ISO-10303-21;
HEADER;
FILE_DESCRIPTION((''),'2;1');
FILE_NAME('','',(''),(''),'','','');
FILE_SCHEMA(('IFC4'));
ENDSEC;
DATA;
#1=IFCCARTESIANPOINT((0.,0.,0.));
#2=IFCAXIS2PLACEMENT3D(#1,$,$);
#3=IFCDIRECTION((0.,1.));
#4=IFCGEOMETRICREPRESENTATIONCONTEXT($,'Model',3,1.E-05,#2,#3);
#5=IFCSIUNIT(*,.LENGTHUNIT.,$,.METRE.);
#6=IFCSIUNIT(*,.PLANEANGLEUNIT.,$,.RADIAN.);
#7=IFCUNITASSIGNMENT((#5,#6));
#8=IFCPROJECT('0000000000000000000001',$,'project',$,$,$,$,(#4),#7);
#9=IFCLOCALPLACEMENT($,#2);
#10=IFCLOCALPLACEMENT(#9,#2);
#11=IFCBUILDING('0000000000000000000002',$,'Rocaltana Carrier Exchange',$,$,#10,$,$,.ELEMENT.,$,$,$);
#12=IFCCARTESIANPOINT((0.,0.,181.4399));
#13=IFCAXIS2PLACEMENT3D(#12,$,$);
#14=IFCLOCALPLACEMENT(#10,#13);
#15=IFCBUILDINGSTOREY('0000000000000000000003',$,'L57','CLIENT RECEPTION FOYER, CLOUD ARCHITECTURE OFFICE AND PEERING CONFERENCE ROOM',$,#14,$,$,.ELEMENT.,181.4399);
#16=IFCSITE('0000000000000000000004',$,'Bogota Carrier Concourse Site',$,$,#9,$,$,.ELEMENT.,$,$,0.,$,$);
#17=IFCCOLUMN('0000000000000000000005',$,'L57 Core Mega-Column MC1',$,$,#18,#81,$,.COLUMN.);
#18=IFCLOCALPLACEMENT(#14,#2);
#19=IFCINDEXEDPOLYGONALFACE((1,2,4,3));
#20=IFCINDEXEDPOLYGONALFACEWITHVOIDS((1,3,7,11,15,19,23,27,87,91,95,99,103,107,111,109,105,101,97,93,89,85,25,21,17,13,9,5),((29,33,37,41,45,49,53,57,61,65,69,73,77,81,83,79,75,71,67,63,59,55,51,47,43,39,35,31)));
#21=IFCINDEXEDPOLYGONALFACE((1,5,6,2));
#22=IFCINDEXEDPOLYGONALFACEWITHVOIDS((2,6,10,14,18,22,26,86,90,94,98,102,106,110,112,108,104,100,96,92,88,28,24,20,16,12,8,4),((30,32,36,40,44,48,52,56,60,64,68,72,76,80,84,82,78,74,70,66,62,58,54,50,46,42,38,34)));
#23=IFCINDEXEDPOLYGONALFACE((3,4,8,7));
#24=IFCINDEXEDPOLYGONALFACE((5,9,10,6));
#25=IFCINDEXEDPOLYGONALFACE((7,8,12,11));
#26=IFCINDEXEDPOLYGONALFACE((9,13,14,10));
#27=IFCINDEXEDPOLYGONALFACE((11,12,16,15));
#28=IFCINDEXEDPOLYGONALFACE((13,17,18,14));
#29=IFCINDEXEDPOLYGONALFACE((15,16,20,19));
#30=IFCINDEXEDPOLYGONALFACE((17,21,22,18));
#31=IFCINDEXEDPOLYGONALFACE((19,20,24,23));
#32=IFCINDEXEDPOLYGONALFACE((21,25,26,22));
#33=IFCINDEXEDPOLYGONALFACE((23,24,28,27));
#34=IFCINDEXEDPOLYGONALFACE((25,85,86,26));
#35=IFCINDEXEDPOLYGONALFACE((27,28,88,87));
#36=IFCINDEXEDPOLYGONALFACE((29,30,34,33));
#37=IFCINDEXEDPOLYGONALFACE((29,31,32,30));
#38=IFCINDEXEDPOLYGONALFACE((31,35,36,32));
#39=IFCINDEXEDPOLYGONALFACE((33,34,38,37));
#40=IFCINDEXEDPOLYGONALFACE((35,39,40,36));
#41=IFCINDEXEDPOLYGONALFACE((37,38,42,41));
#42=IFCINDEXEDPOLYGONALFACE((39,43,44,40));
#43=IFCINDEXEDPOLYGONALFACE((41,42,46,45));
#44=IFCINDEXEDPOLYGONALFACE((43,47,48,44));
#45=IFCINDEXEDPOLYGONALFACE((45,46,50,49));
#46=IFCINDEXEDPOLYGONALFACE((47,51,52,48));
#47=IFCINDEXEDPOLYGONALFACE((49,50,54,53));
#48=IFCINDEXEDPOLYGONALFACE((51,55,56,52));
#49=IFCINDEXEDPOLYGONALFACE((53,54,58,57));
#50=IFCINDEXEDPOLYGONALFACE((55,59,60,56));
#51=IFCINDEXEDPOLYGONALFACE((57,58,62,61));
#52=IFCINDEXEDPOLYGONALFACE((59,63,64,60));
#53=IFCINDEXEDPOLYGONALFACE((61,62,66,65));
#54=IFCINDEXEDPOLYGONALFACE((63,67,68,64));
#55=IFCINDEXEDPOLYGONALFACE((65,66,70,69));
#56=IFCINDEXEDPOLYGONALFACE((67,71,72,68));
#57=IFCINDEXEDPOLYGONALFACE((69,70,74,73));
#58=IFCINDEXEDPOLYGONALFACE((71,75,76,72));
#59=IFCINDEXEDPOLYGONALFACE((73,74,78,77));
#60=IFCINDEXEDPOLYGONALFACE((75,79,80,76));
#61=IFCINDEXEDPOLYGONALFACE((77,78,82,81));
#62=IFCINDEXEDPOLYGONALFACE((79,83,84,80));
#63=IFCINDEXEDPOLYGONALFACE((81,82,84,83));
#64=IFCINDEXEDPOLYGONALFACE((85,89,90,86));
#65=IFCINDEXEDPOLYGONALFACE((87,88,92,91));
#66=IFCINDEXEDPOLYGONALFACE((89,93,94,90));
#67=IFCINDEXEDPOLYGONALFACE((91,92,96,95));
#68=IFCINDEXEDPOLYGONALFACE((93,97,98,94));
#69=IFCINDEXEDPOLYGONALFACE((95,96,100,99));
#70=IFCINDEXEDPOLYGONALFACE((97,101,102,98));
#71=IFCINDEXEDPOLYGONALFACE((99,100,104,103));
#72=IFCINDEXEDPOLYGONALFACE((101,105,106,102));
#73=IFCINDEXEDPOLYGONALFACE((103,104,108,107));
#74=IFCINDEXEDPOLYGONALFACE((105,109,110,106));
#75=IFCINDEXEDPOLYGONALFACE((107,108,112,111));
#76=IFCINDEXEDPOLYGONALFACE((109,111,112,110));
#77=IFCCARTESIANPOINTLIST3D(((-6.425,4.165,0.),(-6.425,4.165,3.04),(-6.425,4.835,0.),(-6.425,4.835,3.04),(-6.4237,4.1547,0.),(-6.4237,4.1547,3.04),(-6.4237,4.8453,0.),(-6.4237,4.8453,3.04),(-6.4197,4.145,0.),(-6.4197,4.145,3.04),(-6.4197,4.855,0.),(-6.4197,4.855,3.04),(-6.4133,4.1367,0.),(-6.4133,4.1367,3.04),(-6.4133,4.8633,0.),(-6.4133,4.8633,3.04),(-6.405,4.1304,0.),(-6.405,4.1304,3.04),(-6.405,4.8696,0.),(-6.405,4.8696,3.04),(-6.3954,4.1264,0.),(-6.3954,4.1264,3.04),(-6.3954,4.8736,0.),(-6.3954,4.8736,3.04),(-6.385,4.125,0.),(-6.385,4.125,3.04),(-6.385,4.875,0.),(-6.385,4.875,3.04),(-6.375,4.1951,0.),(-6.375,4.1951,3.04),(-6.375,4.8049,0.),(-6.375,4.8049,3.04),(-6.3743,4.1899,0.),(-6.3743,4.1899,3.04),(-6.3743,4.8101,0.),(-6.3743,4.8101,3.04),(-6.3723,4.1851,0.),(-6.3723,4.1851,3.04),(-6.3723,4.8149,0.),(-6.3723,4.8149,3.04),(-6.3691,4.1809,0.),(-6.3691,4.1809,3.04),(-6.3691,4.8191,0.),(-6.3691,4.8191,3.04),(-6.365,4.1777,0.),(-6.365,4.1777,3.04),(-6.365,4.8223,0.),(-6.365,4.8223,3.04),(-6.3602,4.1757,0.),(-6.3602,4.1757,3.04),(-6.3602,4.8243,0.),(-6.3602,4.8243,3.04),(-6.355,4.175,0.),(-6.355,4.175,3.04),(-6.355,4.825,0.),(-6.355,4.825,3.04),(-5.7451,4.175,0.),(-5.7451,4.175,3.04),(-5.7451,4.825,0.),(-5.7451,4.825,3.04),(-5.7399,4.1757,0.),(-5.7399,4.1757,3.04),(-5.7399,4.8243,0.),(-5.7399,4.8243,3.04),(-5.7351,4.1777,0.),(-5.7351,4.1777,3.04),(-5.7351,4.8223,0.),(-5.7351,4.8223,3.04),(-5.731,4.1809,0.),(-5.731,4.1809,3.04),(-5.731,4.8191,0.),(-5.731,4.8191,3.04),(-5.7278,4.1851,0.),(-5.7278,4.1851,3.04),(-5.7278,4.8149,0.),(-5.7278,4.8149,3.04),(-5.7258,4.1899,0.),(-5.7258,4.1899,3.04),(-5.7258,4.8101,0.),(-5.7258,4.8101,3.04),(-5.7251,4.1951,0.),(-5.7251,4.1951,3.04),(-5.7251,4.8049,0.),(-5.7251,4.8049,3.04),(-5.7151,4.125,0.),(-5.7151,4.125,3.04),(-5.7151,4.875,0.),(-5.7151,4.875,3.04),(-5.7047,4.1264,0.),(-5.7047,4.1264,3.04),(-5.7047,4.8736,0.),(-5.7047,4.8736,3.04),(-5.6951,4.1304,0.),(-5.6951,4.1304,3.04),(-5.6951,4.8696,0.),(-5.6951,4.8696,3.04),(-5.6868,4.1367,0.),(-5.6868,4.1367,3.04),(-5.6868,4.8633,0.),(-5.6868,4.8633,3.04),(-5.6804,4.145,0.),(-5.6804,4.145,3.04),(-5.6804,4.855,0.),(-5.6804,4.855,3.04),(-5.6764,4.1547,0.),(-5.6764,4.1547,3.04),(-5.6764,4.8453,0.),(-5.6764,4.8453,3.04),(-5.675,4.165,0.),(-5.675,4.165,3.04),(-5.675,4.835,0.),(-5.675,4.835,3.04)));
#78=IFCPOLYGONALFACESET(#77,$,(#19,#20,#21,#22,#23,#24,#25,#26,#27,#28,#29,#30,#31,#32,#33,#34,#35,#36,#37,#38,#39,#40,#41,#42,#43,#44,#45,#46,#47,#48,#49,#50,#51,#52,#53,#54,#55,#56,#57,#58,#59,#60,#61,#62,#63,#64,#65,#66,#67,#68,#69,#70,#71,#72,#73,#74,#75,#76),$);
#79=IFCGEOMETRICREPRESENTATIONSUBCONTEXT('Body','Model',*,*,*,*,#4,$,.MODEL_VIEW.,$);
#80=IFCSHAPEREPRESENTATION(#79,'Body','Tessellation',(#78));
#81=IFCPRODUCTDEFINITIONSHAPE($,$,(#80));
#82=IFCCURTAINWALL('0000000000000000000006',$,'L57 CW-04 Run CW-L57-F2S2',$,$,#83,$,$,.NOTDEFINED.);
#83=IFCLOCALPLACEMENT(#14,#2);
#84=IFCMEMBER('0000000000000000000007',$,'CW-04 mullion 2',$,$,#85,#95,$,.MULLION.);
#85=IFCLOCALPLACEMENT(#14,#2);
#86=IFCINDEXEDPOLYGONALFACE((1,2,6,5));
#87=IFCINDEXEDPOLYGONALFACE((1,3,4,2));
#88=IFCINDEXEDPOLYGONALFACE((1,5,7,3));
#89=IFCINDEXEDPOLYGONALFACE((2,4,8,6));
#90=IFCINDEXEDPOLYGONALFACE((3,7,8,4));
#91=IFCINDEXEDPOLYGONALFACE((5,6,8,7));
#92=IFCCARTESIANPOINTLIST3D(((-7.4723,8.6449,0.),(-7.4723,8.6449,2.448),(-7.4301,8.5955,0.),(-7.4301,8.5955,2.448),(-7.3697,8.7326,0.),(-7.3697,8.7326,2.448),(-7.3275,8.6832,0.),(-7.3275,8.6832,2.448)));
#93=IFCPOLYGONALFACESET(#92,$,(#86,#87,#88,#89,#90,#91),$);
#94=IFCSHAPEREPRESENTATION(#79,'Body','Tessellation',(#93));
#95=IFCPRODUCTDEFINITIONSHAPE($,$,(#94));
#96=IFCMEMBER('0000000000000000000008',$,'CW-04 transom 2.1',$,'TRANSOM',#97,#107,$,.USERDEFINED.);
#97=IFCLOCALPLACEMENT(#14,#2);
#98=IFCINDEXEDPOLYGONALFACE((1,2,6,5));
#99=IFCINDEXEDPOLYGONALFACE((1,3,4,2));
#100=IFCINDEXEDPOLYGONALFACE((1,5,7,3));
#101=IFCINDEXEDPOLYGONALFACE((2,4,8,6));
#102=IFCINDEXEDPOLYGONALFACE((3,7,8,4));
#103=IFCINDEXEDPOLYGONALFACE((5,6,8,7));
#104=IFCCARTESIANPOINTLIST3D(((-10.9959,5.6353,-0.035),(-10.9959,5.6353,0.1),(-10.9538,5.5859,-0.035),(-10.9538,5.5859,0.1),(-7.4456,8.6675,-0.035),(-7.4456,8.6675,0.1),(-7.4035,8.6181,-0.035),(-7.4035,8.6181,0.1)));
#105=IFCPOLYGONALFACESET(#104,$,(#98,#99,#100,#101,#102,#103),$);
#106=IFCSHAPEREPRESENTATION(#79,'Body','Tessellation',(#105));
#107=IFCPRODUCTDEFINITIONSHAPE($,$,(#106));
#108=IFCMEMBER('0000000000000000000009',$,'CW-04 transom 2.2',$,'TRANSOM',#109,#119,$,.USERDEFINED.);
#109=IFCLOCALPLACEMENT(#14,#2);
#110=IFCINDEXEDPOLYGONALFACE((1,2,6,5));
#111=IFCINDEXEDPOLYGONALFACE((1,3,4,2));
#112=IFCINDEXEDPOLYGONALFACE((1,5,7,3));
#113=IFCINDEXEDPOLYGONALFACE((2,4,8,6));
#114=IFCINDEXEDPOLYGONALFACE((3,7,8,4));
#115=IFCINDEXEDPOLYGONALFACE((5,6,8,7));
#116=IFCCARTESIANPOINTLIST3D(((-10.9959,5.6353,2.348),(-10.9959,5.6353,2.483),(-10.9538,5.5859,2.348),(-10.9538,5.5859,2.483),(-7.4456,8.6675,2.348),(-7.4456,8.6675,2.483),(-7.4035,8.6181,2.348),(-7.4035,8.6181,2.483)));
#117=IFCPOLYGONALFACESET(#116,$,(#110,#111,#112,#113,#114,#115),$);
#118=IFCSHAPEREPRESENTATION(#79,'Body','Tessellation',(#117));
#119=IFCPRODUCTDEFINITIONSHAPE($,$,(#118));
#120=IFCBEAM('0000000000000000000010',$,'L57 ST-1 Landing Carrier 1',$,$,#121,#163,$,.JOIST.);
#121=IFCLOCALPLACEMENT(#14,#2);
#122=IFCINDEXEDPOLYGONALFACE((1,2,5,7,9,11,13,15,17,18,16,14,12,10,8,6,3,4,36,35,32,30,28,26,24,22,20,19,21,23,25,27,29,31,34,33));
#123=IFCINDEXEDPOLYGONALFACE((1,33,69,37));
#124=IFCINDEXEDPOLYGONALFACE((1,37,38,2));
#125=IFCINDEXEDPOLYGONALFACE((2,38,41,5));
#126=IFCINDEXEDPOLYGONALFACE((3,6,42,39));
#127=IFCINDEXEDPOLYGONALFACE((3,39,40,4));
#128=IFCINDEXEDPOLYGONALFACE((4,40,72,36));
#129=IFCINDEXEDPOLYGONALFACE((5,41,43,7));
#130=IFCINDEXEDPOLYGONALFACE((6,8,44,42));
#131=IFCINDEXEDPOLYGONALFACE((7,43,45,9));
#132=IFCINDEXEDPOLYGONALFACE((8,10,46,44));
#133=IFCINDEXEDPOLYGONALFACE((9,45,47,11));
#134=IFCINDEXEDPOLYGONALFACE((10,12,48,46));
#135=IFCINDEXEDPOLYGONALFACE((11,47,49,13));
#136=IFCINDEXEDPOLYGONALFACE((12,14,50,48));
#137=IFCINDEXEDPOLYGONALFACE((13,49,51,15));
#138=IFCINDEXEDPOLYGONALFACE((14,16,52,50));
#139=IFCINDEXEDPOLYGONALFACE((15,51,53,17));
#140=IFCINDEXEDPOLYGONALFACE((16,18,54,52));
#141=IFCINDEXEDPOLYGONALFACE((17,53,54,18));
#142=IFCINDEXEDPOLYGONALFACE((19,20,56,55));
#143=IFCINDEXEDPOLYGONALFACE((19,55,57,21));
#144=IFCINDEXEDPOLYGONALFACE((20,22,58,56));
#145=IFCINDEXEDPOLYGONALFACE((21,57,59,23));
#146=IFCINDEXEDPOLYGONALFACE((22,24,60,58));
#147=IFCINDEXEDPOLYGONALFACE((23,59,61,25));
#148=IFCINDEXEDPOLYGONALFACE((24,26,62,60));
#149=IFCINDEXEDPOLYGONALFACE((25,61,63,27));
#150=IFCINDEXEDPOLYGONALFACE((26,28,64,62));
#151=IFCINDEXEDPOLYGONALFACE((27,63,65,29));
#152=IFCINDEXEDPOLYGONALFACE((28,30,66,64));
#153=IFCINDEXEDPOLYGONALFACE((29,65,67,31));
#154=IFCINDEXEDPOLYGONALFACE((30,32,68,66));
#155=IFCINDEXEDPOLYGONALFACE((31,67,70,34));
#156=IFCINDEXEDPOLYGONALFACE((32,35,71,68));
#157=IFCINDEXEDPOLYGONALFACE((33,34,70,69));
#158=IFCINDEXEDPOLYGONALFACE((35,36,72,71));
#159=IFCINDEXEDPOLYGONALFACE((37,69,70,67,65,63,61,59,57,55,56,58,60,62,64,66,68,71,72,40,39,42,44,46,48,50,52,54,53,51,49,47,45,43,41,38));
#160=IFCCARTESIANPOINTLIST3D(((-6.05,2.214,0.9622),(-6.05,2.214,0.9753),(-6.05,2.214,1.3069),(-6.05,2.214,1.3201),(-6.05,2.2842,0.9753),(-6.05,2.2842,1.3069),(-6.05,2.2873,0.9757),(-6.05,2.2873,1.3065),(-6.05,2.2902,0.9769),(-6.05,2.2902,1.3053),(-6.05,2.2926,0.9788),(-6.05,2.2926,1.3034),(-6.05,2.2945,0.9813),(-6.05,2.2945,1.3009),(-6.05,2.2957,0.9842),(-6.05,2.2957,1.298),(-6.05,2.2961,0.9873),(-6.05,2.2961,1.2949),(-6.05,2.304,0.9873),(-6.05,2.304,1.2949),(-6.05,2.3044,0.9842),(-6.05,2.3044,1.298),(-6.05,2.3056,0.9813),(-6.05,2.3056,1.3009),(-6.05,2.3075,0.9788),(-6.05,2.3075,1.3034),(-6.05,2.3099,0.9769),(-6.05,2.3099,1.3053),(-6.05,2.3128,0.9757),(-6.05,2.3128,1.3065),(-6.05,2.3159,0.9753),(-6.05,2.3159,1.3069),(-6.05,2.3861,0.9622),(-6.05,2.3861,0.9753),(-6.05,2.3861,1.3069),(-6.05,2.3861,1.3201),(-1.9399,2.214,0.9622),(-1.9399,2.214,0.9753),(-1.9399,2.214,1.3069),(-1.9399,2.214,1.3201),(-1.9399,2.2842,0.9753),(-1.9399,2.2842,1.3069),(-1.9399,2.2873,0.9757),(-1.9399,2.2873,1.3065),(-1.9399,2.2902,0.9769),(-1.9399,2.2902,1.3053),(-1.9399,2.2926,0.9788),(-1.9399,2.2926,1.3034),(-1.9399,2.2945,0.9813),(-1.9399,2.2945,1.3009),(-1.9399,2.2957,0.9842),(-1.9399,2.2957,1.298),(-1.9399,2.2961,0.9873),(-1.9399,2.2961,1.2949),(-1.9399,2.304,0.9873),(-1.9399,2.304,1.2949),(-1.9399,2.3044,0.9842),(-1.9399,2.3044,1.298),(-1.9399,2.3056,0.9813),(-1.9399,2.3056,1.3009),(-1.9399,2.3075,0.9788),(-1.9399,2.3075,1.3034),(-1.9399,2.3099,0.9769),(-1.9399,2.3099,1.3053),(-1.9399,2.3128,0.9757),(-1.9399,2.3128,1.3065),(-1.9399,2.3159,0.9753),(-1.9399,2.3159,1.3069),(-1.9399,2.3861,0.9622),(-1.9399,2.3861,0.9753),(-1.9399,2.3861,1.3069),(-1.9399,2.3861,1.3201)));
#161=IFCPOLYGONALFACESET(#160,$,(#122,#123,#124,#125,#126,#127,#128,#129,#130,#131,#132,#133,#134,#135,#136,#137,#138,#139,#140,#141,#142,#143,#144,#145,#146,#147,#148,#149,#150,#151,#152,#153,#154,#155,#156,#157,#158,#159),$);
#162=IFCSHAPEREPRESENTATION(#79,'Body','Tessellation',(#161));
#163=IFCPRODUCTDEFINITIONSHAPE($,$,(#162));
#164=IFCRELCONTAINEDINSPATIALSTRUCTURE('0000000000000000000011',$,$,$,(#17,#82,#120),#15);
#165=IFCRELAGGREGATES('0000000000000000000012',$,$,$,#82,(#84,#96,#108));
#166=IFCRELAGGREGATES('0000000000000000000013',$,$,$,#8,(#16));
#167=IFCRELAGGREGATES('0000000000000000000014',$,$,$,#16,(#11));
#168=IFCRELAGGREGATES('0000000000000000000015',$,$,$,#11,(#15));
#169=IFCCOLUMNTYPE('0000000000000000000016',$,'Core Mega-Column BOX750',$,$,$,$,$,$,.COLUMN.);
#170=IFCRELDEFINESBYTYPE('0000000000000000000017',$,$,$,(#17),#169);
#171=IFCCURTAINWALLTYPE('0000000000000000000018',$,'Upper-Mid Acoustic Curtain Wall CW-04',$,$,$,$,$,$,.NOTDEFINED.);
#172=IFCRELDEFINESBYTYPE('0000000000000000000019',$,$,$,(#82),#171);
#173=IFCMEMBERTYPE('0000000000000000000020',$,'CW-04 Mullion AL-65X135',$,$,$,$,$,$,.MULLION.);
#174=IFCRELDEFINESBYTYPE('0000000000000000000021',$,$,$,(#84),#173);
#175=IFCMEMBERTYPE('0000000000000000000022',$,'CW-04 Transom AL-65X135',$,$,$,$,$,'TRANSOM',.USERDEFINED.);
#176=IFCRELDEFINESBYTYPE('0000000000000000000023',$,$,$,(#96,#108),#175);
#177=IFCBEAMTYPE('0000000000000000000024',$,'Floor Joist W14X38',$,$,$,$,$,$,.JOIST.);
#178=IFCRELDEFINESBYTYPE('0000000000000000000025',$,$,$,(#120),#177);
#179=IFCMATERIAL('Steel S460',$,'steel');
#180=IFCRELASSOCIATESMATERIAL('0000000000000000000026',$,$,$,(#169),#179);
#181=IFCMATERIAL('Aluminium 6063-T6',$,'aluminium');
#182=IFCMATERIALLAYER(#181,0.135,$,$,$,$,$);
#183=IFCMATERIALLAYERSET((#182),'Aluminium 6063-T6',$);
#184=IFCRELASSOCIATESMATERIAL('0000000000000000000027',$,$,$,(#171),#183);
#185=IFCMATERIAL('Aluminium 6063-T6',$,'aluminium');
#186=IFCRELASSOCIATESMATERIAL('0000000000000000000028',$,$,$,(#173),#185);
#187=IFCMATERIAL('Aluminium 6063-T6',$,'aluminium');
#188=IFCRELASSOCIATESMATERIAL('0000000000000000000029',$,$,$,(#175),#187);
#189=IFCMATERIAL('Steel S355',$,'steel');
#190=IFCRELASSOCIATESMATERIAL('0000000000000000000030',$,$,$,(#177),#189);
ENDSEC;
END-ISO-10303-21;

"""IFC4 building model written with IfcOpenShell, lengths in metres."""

from ifc_helpers import new_model, si_unit, direction, frame, origin, origin_2d, place, context, subcontext, project, spatial, rectangle, hollow_rectangle, i_section, extrude, material, layer, layer_set, material_profile, profile_set, type_object, element, aggregate, save


model = new_model("IFC4")

# Units and contexts
model_context = context("Model", 3, precision=1e-05, world=origin(), true_north=direction((0.0, 1.0)))
body_context = subcontext(model_context, "Body", "Model", "MODEL_VIEW")
ifc_project = project(units=[si_unit("LENGTHUNIT", "METRE"), si_unit("PLANEANGLEUNIT", "RADIAN")], contexts=[model_context])

# Site, building, storey
site_placement = place(None, origin())
site = spatial("IfcSite", under=ifc_project, at=site_placement, Name="Bogota Carrier Concourse Site", CompositionType="ELEMENT", RefElevation=0.0)
building_placement = place(site_placement, origin())
building = spatial("IfcBuilding", under=site, at=building_placement, Name="Rocaltana Carrier Exchange", CompositionType="ELEMENT")
storey_placement = place(building_placement, frame((0.0, 0.0, 181.4399)))
storey = spatial("IfcBuildingStorey", under=building, at=storey_placement, Name="L57", Description="CLIENT RECEPTION FOYER, CLOUD ARCHITECTURE OFFICE AND PEERING CONFERENCE ROOM", CompositionType="ELEMENT", Elevation=181.4399)

# Column
ifc_material_1 = material(Name="Steel S460", Category="steel")
ifc_material_profile_1 = material_profile(ifc_material_1, hollow_rectangle(XDim=0.75, YDim=0.75, WallThickness=0.05, InnerFilletRadius=0.02, OuterFilletRadius=0.04, at=origin_2d()), Name="BOX750X750X50")
ifc_profile_set_1 = profile_set([ifc_material_profile_1], Name="Steel S460")
column_type = type_object("IfcColumnType", Name="Core Mega-Column BOX750", PredefinedType="COLUMN", material=ifc_profile_set_1)
column_placement = place(storey_placement, frame((-6.05, 4.5, 0.0), z_axis=(0.0, 0.0, 1.0), x_axis=(1.0, 0.0, 0.0)))
element("IfcColumn", 1, at=column_placement, inside=storey, type_object=column_type, Name="L57 Core Mega-Column MC1", PredefinedType="COLUMN", context=body_context, shape_type="SweptSolid", body=[
    extrude(hollow_rectangle(XDim=0.75, YDim=0.75, WallThickness=0.05, InnerFilletRadius=0.02, OuterFilletRadius=0.04, at=origin_2d()), origin(), (0.0, 0.0, 1.0), 3.04),
])

# Curtain wall, members
ifc_material_2 = material(Name="Aluminium 6063-T6", Category="aluminium")
ifc_layer_1 = layer(ifc_material_2, 0.135)
ifc_layer_set_1 = layer_set([ifc_layer_1], Name="Aluminium 6063-T6")
curtain_wall_type = type_object("IfcCurtainWallType", Name="Upper-Mid Acoustic Curtain Wall CW-04", PredefinedType="NOTDEFINED", material=ifc_layer_set_1)
curtain_wall_placement = place(storey_placement, origin())
curtain_wall = element("IfcCurtainWall", 2, at=curtain_wall_placement, inside=storey, type_object=curtain_wall_type, Name="L57 CW-04 Run CW-L57-F2S2", PredefinedType="NOTDEFINED")
ifc_material_3 = material(Name="Aluminium 6063-T6", Category="aluminium")
ifc_material_profile_2 = material_profile(ifc_material_3, rectangle(XDim=0.0649, YDim=0.135, at=origin_2d()), Name="AL-65X135")
ifc_profile_set_2 = profile_set([ifc_material_profile_2], Name="Aluminium 6063-T6")
member_type_1 = type_object("IfcMemberType", Name="CW-04 Mullion AL-65X135", PredefinedType="MULLION", material=ifc_profile_set_2)
member_1_placement = place(storey_placement, frame((-7.3999, 8.6641, 0.0), z_axis=(0.0, 0.0, 1.0), x_axis=(0.649454, -0.760401, 0.0)))
member_1 = element("IfcMember", 3, at=member_1_placement, type_object=member_type_1, Name="CW-04 mullion 2", PredefinedType="MULLION", context=body_context, shape_type="SweptSolid", body=[
    extrude(rectangle(XDim=0.0649, YDim=0.135, at=origin_2d()), origin(), (0.0, 0.0, 1.0), 2.448),
])
ifc_material_4 = material(Name="Aluminium 6063-T6", Category="aluminium")
ifc_material_profile_3 = material_profile(ifc_material_4, rectangle(XDim=0.0649, YDim=0.135, at=origin_2d()), Name="AL-65X135")
ifc_profile_set_3 = profile_set([ifc_material_profile_3], Name="Aluminium 6063-T6")
member_type_2 = type_object("IfcMemberType", Name="CW-04 Transom AL-65X135", ElementType="TRANSOM", PredefinedType="USERDEFINED", material=ifc_profile_set_3)
member_2_placement = place(storey_placement, frame((-7.4246, 8.6428, 0.0325), z_axis=(-0.760407, -0.649447, 0.0), x_axis=(0.649447, -0.760407, 0.0)))
member_2 = element("IfcMember", 4, at=member_2_placement, type_object=member_type_2, Name="CW-04 transom 2.1", ObjectType="TRANSOM", PredefinedType="USERDEFINED", context=body_context, shape_type="SweptSolid", body=[
    extrude(rectangle(XDim=0.0649, YDim=0.135, at=origin_2d()), origin(), (0.0, 0.0, 1.0), 4.6689),
])
member_3_placement = place(storey_placement, frame((-7.4246, 8.6428, 2.4155), z_axis=(-0.760407, -0.649447, 0.0), x_axis=(0.649447, -0.760407, 0.0)))
member_3 = element("IfcMember", 5, at=member_3_placement, type_object=member_type_2, Name="CW-04 transom 2.2", ObjectType="TRANSOM", PredefinedType="USERDEFINED", context=body_context, shape_type="SweptSolid", body=[
    extrude(rectangle(XDim=0.0649, YDim=0.135, at=origin_2d()), origin(), (0.0, 0.0, 1.0), 4.6689),
])

# Beam
ifc_material_5 = material(Name="Steel S355", Category="steel")
ifc_material_profile_4 = material_profile(ifc_material_5, i_section(OverallWidth=0.1721, OverallDepth=0.3579, WebThickness=0.0078, FlangeThickness=0.0132, FilletRadius=0.012, at=origin_2d()), Name="W14X38")
ifc_profile_set_4 = profile_set([ifc_material_profile_4], Name="Steel S355")
beam_type_1 = type_object("IfcBeamType", Name="Floor Joist W14X38", PredefinedType="JOIST", material=ifc_profile_set_4)
for number, where, z_axis, x_axis, name in (
    (6, (-6.05, 2.3, 1.1411), (1.0, 0.0, 0.0), (0.0, 1.0, 0.0), "L57 ST-1 Landing Carrier 1"),
):
    element("IfcBeam", number, at=place(storey_placement, frame(where, z_axis=z_axis, x_axis=x_axis)), inside=storey, type_object=beam_type_1, Name=name, PredefinedType="JOIST", context=body_context, shape_type="SweptSolid", body=[
        extrude(i_section(OverallWidth=0.1721, OverallDepth=0.3579, WebThickness=0.0078, FlangeThickness=0.0132, FilletRadius=0.012, at=origin_2d()), origin(), (0.0, 0.0, 1.0), 4.1101),
    ])

aggregate(curtain_wall, [member_1, member_2, member_3])

save(model, "model.ifc")
